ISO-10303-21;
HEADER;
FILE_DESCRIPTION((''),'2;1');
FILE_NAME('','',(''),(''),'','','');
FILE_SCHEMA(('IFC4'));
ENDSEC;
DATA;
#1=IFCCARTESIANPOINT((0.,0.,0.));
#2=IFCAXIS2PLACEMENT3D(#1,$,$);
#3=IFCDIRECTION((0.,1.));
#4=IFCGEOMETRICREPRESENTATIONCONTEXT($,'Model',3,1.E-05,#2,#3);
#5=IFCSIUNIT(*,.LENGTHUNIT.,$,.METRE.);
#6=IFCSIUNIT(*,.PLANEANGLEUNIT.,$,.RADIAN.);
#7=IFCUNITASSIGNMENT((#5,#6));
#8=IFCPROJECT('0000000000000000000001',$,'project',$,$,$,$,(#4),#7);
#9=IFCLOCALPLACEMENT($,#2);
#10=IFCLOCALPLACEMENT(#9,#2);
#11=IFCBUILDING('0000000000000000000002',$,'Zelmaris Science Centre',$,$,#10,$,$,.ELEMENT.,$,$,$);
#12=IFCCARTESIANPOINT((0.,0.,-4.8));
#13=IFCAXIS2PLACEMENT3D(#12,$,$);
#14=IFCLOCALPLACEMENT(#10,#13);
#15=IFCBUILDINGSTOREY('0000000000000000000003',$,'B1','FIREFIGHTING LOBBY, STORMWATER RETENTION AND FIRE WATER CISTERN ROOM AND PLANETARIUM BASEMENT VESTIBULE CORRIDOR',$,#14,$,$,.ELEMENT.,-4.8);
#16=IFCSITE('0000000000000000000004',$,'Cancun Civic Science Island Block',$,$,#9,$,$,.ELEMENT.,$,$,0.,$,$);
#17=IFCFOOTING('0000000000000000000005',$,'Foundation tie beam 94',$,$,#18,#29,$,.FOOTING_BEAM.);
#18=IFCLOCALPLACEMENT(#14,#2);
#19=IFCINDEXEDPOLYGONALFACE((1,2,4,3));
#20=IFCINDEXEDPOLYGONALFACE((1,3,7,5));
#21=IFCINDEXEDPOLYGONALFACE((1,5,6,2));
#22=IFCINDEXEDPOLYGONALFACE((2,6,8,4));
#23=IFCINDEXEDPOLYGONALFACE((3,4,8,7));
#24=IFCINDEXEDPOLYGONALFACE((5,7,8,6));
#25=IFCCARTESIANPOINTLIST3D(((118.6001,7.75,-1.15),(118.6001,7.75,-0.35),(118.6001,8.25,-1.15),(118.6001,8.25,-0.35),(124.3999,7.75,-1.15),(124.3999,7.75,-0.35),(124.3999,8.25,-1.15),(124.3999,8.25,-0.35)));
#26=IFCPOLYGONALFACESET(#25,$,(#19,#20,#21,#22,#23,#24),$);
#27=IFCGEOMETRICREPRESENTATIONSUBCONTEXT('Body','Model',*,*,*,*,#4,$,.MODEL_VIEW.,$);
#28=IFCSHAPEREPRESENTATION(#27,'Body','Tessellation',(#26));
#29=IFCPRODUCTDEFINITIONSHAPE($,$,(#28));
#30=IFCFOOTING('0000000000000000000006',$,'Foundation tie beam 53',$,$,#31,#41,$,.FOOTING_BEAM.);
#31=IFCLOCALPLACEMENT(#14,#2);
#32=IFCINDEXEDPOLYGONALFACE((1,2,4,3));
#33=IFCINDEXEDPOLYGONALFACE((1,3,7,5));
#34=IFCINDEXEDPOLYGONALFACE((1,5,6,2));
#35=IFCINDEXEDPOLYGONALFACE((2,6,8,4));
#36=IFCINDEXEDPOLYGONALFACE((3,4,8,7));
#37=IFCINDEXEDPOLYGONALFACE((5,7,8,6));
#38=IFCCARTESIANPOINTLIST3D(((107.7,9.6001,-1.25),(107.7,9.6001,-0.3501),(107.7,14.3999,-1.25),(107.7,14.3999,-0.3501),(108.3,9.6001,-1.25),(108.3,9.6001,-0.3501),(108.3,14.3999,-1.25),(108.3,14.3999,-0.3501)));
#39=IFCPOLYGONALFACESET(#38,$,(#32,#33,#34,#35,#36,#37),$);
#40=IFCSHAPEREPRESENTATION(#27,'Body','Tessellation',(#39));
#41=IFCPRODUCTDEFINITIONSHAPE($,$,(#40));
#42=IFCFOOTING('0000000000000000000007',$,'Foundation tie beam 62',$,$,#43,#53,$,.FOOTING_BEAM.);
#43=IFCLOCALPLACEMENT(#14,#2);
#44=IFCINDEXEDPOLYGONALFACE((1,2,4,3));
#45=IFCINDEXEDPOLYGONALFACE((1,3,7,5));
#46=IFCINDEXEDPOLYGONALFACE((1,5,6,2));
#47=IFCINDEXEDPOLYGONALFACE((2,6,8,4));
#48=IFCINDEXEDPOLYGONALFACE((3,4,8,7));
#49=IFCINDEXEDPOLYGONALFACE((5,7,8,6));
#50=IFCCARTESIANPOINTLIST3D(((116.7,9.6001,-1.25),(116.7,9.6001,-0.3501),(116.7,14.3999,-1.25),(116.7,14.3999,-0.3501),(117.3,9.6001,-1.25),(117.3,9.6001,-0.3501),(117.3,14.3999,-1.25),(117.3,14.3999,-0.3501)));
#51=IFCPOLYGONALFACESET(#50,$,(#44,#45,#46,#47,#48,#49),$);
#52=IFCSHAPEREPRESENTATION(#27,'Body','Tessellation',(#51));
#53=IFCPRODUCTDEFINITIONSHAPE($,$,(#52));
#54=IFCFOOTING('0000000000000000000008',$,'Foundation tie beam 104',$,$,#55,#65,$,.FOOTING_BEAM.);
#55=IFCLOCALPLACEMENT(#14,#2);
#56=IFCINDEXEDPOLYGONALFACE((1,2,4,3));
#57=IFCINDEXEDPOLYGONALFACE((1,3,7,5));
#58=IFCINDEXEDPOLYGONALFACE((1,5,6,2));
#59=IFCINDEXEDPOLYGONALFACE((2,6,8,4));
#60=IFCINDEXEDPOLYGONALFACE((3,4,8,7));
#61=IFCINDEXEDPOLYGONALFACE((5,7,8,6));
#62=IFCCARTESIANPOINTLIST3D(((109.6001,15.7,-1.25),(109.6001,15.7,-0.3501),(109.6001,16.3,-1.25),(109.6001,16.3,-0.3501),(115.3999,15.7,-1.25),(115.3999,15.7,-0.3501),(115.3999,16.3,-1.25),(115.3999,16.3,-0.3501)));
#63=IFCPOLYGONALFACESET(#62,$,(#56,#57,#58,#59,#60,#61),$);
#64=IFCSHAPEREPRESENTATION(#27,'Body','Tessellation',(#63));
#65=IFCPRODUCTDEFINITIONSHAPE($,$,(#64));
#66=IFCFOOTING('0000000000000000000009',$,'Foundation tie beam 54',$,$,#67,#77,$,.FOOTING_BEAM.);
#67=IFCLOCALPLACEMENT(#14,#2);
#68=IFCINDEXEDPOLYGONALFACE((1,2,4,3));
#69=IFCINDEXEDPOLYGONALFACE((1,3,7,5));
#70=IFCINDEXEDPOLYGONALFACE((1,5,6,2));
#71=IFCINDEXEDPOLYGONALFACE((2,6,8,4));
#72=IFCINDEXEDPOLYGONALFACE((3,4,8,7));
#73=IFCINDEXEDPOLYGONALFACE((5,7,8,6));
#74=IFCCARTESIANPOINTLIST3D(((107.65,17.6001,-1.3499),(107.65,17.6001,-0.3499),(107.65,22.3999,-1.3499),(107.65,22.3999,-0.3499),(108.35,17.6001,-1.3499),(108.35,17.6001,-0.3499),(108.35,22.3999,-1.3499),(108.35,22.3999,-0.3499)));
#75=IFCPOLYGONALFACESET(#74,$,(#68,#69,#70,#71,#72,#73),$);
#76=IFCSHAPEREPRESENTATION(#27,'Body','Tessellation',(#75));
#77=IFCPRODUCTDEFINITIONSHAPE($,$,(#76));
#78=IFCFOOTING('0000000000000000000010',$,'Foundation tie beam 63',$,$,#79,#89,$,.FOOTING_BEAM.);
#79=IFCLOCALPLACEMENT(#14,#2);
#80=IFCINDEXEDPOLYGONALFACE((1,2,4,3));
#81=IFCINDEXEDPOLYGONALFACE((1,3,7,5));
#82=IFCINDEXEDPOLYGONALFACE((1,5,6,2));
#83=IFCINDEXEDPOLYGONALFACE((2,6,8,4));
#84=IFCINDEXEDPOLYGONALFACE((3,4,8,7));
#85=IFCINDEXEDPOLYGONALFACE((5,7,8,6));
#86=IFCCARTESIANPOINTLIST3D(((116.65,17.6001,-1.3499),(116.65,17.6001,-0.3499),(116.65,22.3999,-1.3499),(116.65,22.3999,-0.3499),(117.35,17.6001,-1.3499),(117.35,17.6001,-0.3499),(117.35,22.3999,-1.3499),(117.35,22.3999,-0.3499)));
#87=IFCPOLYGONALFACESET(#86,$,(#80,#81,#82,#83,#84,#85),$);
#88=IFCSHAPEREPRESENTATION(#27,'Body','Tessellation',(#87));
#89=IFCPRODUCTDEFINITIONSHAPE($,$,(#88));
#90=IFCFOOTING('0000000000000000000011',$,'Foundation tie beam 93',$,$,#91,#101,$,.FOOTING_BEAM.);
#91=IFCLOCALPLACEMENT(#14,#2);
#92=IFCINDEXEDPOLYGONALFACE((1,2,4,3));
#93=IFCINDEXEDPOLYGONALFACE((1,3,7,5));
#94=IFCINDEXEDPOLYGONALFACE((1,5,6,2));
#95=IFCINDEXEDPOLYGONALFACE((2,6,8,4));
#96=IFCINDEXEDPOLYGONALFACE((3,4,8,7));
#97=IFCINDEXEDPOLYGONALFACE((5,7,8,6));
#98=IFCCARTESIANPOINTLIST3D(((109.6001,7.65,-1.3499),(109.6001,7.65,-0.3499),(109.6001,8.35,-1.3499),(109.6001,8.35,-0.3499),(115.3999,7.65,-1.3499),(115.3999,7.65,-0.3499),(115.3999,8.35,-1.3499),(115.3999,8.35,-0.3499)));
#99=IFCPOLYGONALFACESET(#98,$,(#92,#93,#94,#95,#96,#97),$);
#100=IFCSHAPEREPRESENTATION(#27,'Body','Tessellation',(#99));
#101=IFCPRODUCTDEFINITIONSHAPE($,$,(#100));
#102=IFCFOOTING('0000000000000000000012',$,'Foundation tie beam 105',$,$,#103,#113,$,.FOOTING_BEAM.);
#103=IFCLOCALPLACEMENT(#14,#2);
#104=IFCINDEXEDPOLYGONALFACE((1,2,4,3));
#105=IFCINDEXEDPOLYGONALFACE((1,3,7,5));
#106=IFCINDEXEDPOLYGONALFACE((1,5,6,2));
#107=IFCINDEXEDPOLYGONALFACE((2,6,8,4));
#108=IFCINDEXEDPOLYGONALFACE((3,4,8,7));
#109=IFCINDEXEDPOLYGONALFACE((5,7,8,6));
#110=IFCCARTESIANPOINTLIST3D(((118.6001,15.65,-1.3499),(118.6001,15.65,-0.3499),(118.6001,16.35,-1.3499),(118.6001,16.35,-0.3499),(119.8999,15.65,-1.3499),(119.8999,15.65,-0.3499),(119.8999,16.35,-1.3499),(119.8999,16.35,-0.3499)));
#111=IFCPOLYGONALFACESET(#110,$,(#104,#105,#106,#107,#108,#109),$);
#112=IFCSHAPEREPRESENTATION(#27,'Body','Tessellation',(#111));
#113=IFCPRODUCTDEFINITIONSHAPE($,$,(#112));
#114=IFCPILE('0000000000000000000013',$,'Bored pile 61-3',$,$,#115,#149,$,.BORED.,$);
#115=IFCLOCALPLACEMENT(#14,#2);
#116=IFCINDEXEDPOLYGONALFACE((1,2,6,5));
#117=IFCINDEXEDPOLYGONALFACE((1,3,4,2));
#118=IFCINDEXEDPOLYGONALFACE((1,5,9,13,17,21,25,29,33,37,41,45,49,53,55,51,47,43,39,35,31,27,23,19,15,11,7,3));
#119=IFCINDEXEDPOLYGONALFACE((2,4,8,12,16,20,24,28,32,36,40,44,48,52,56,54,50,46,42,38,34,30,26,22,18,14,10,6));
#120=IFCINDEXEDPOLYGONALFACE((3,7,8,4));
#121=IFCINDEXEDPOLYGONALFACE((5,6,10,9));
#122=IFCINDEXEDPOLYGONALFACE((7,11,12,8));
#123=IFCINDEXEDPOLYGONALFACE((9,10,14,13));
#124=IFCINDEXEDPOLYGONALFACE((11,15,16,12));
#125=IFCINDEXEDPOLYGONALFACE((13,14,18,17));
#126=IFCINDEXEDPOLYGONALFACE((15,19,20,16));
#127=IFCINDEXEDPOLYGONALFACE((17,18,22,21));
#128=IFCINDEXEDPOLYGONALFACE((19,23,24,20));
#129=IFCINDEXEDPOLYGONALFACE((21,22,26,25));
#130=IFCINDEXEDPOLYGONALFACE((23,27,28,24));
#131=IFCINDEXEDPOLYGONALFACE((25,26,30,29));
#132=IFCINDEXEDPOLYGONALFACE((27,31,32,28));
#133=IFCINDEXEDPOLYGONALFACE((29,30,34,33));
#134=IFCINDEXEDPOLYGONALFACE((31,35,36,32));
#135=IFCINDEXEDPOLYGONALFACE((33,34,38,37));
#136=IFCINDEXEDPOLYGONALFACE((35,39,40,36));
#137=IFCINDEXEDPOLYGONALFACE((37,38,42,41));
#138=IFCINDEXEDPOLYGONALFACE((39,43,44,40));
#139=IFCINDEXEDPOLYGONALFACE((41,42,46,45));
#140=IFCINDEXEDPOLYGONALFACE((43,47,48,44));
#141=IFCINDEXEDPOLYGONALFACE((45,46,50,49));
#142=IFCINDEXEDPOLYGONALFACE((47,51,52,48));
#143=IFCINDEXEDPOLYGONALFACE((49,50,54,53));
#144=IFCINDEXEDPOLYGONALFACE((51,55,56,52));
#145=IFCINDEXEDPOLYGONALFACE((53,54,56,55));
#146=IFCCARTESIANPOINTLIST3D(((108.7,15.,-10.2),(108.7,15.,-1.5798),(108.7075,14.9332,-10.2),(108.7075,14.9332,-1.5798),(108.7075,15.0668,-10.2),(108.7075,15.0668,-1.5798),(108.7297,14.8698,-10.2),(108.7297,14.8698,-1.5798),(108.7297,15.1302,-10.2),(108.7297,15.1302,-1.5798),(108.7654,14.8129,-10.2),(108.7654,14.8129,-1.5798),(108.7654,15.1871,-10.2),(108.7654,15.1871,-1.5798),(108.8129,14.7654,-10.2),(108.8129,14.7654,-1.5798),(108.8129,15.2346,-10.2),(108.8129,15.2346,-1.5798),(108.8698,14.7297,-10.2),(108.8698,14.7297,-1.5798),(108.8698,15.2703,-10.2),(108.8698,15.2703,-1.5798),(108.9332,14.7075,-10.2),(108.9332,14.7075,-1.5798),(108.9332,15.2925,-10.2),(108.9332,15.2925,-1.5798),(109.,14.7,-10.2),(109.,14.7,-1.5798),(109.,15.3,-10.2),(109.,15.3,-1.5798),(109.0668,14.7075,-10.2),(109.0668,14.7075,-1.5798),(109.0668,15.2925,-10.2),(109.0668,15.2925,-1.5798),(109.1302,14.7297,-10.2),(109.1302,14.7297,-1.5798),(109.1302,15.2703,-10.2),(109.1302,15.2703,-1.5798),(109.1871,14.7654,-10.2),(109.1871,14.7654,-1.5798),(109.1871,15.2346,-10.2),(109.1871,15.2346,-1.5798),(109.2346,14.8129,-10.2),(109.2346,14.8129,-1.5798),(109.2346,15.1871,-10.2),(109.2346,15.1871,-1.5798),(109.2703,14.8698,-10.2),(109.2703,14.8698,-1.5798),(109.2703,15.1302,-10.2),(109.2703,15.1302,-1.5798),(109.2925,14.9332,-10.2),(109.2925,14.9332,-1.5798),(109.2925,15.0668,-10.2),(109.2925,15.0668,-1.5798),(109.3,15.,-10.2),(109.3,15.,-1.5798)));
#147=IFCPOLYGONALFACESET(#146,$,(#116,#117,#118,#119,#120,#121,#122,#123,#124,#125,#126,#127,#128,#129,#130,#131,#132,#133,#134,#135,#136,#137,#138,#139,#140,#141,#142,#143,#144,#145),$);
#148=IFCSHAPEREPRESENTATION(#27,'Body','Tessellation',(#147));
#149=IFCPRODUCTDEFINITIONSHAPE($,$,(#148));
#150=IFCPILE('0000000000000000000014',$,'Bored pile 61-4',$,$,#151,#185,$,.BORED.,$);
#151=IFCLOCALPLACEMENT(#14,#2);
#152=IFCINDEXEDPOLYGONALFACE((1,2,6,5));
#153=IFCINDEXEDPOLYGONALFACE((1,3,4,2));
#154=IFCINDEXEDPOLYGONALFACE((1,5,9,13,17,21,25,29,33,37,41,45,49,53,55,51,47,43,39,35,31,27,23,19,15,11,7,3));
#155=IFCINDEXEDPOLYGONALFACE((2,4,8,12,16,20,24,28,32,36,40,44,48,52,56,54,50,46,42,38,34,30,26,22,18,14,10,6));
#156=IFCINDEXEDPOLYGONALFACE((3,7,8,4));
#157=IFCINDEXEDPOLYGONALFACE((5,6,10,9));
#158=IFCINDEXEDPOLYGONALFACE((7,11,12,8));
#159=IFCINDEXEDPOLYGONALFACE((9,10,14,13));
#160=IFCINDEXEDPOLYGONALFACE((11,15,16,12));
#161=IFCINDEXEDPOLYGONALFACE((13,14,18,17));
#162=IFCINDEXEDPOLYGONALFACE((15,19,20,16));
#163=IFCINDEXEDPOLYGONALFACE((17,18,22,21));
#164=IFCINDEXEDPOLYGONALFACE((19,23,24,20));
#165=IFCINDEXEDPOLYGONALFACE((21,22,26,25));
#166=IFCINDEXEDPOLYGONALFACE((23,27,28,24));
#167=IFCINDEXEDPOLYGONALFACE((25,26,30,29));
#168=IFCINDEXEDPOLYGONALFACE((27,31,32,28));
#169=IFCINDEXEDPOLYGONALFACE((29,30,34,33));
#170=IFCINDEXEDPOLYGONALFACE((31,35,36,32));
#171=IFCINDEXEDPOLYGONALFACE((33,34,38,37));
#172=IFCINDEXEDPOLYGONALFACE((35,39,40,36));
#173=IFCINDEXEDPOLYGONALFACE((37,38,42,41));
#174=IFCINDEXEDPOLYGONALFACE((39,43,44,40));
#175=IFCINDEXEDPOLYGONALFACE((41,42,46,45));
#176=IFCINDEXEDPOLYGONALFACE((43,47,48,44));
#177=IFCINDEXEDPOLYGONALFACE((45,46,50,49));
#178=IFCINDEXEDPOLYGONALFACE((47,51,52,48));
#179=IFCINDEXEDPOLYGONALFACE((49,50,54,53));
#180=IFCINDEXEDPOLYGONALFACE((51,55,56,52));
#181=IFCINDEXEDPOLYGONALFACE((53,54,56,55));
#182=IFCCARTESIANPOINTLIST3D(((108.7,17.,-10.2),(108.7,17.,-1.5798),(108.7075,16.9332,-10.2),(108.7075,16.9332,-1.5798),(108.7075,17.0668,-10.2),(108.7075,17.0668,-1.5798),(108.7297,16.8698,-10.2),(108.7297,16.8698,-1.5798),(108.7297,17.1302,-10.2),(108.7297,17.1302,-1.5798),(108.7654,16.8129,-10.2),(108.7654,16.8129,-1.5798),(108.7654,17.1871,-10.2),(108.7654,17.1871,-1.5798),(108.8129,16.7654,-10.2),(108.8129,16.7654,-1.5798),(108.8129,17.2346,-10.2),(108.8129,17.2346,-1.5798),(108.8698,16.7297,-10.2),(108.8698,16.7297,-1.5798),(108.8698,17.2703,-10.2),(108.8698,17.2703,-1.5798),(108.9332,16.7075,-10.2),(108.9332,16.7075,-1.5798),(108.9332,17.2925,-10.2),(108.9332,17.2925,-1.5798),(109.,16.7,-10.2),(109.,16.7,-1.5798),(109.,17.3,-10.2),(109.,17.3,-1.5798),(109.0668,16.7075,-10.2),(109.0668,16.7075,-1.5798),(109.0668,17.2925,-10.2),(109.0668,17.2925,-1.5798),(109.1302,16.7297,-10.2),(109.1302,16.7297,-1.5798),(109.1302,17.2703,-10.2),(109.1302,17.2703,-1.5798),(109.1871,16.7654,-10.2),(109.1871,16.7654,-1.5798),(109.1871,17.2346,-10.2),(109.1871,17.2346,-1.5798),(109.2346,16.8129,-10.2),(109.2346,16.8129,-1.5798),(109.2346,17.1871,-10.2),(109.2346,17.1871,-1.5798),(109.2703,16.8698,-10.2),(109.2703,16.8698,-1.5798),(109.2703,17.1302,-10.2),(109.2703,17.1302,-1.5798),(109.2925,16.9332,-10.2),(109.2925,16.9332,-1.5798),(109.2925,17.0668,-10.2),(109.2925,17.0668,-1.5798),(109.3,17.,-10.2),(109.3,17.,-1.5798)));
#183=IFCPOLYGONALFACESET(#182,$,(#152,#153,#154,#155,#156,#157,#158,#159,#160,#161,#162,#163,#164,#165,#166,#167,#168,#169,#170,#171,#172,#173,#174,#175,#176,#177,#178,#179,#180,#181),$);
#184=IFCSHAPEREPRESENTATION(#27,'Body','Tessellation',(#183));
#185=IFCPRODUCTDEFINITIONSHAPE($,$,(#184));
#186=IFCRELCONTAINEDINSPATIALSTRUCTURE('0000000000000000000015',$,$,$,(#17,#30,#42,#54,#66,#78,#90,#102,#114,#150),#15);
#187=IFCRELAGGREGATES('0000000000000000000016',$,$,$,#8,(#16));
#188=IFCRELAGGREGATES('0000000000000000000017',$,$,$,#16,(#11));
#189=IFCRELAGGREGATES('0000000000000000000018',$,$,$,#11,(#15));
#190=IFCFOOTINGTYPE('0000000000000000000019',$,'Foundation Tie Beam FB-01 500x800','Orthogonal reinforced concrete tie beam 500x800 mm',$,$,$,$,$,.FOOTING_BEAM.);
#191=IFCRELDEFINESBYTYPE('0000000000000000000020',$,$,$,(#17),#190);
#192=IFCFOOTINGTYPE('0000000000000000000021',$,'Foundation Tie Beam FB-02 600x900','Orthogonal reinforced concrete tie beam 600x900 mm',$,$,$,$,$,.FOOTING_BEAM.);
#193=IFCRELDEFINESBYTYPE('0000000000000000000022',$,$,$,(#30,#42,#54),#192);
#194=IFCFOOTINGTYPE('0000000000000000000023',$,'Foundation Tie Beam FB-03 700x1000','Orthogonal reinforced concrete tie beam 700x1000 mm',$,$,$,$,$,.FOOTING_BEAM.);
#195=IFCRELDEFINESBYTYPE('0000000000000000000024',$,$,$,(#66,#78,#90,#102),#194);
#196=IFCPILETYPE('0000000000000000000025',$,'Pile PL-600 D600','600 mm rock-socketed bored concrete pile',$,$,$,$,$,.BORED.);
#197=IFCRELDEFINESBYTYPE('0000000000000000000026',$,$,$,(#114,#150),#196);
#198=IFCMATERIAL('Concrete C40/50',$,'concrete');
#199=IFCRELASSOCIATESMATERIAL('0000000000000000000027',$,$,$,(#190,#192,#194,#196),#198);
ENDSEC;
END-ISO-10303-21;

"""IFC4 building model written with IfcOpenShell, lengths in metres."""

from ifc_helpers import new_model, si_unit, direction, frame, origin, origin_2d, place, context, subcontext, project, spatial, rectangle, circle, extrude, material, material_profile, profile_set, type_object, element, save


model = new_model("IFC4")

# Units and contexts
model_context = context("Model", 3, precision=1e-05, world=origin(), true_north=direction((0.0, 1.0)))
body_context = subcontext(model_context, "Body", "Model", "MODEL_VIEW")
ifc_project = project(units=[si_unit("LENGTHUNIT", "METRE"), si_unit("PLANEANGLEUNIT", "RADIAN")], contexts=[model_context])

# Site, building, storey
site_placement = place(None, origin())
site = spatial("IfcSite", under=ifc_project, at=site_placement, Name="Cancun Civic Science Island Block", CompositionType="ELEMENT", RefElevation=0.0)
building_placement = place(site_placement, origin())
building = spatial("IfcBuilding", under=site, at=building_placement, Name="Zelmaris Science Centre", CompositionType="ELEMENT")
storey_placement = place(building_placement, frame((0.0, 0.0, -4.8)))
storey = spatial("IfcBuildingStorey", under=building, at=storey_placement, Name="B1", Description="FIREFIGHTING LOBBY, STORMWATER RETENTION AND FIRE WATER CISTERN ROOM AND PLANETARIUM BASEMENT VESTIBULE CORRIDOR", CompositionType="ELEMENT", Elevation=-4.8)

# Footings
ifc_material_1 = material(Name="Concrete C40/50", Category="concrete")
ifc_material_profile_1 = material_profile(ifc_material_1, rectangle(XDim=0.5, YDim=0.8, at=origin_2d()), Name="FB-500X800")
ifc_profile_set_1 = profile_set([ifc_material_profile_1], Name="Concrete C40/50")
footing_type_1 = type_object("IfcFootingType", Name="Foundation Tie Beam FB-01 500x800", Description="Orthogonal reinforced concrete tie beam 500x800 mm", PredefinedType="FOOTING_BEAM", material=ifc_profile_set_1)
footing_1_placement = place(storey_placement, frame((118.6001, 8.0, -0.75), z_axis=(1.0, 0.0, 0.0), x_axis=(0.0, 1.0, 0.0)))
element("IfcFooting", 1, at=footing_1_placement, inside=storey, type_object=footing_type_1, Name="Foundation tie beam 94", PredefinedType="FOOTING_BEAM", context=body_context, shape_type="SweptSolid", body=[
    extrude(rectangle(XDim=0.5, YDim=0.8, at=origin_2d()), origin(), (0.0, 0.0, 1.0), 5.7998),
])
ifc_material_profile_2 = material_profile(ifc_material_1, rectangle(XDim=0.6001, YDim=0.8999, at=origin_2d()), Name="FB-600X900")
ifc_profile_set_2 = profile_set([ifc_material_profile_2], Name="Concrete C40/50")
footing_type_2 = type_object("IfcFootingType", Name="Foundation Tie Beam FB-02 600x900", Description="Orthogonal reinforced concrete tie beam 600x900 mm", PredefinedType="FOOTING_BEAM", material=ifc_profile_set_2)
for number, where, z_axis, x_axis, name in (
    (2, (108.0, 9.6001, -0.8), (0.0, 1.0, 0.0), (-1.0, 0.0, 0.0), "Foundation tie beam 53"),
    (3, (117.0, 9.6001, -0.8), (0.0, 1.0, 0.0), (-1.0, 0.0, 0.0), "Foundation tie beam 62"),
):
    element("IfcFooting", number, at=place(storey_placement, frame(where, z_axis=z_axis, x_axis=x_axis)), inside=storey, type_object=footing_type_2, Name=name, PredefinedType="FOOTING_BEAM", context=body_context, shape_type="SweptSolid", body=[
        extrude(rectangle(XDim=0.6001, YDim=0.8999, at=origin_2d()), origin(), (0.0, 0.0, 1.0), 4.7998),
    ])
footing_2_placement = place(storey_placement, frame((109.6001, 16.0, -0.8), z_axis=(1.0, 0.0, 0.0), x_axis=(0.0, 1.0, 0.0)))
element("IfcFooting", 4, at=footing_2_placement, inside=storey, type_object=footing_type_2, Name="Foundation tie beam 104", PredefinedType="FOOTING_BEAM", context=body_context, shape_type="SweptSolid", body=[
    extrude(rectangle(XDim=0.6001, YDim=0.8999, at=origin_2d()), origin(), (0.0, 0.0, 1.0), 5.7998),
])
ifc_material_profile_3 = material_profile(ifc_material_1, rectangle(XDim=0.7, YDim=1.0, at=origin_2d()), Name="FB-700X1000")
ifc_profile_set_3 = profile_set([ifc_material_profile_3], Name="Concrete C40/50")
footing_type_3 = type_object("IfcFootingType", Name="Foundation Tie Beam FB-03 700x1000", Description="Orthogonal reinforced concrete tie beam 700x1000 mm", PredefinedType="FOOTING_BEAM", material=ifc_profile_set_3)
for number, where, z_axis, x_axis, name in (
    (5, (108.0, 17.6001, -0.8499), (0.0, 1.0, 0.0), (-1.0, 0.0, 0.0), "Foundation tie beam 54"),
    (6, (117.0, 17.6001, -0.8499), (0.0, 1.0, 0.0), (-1.0, 0.0, 0.0), "Foundation tie beam 63"),
):
    element("IfcFooting", number, at=place(storey_placement, frame(where, z_axis=z_axis, x_axis=x_axis)), inside=storey, type_object=footing_type_3, Name=name, PredefinedType="FOOTING_BEAM", context=body_context, shape_type="SweptSolid", body=[
        extrude(rectangle(XDim=0.7, YDim=1.0, at=origin_2d()), origin(), (0.0, 0.0, 1.0), 4.7998),
    ])
footing_3_placement = place(storey_placement, frame((109.6001, 8.0, -0.8499), z_axis=(1.0, 0.0, 0.0), x_axis=(0.0, 1.0, 0.0)))
element("IfcFooting", 7, at=footing_3_placement, inside=storey, type_object=footing_type_3, Name="Foundation tie beam 93", PredefinedType="FOOTING_BEAM", context=body_context, shape_type="SweptSolid", body=[
    extrude(rectangle(XDim=0.7, YDim=1.0, at=origin_2d()), origin(), (0.0, 0.0, 1.0), 5.7998),
])
footing_4_placement = place(storey_placement, frame((118.6001, 16.0, -0.8499), z_axis=(1.0, 0.0, 0.0), x_axis=(0.0, 1.0, 0.0)))
element("IfcFooting", 8, at=footing_4_placement, inside=storey, type_object=footing_type_3, Name="Foundation tie beam 105", PredefinedType="FOOTING_BEAM", context=body_context, shape_type="SweptSolid", body=[
    extrude(rectangle(XDim=0.7, YDim=1.0, at=origin_2d()), origin(), (0.0, 0.0, 1.0), 1.2998),
])

# Piles
ifc_material_profile_4 = material_profile(ifc_material_1, circle(Radius=0.3, at=origin_2d()), Name="PILE-600")
ifc_profile_set_4 = profile_set([ifc_material_profile_4], Name="Concrete C40/50")
pile_type_1 = type_object("IfcPileType", Name="Pile PL-600 D600", Description="600 mm rock-socketed bored concrete pile", PredefinedType="BORED", material=ifc_profile_set_4)
for number, where, z_axis, x_axis, name in (
    (9, (109.0, 15.0, -1.5798), (0.0, 0.0, -1.0), (1.0, 0.0, 0.0), "Bored pile 61-3"),
    (10, (109.0, 17.0, -1.5798), (0.0, 0.0, -1.0), (1.0, 0.0, 0.0), "Bored pile 61-4"),
):
    element("IfcPile", number, at=place(storey_placement, frame(where, z_axis=z_axis, x_axis=x_axis)), inside=storey, type_object=pile_type_1, Name=name, PredefinedType="BORED", context=body_context, shape_type="SweptSolid", body=[
        extrude(circle(Radius=0.3, at=origin_2d()), origin(), (0.0, 0.0, 1.0), 8.6201),
    ])

save(model, "model.ifc")
